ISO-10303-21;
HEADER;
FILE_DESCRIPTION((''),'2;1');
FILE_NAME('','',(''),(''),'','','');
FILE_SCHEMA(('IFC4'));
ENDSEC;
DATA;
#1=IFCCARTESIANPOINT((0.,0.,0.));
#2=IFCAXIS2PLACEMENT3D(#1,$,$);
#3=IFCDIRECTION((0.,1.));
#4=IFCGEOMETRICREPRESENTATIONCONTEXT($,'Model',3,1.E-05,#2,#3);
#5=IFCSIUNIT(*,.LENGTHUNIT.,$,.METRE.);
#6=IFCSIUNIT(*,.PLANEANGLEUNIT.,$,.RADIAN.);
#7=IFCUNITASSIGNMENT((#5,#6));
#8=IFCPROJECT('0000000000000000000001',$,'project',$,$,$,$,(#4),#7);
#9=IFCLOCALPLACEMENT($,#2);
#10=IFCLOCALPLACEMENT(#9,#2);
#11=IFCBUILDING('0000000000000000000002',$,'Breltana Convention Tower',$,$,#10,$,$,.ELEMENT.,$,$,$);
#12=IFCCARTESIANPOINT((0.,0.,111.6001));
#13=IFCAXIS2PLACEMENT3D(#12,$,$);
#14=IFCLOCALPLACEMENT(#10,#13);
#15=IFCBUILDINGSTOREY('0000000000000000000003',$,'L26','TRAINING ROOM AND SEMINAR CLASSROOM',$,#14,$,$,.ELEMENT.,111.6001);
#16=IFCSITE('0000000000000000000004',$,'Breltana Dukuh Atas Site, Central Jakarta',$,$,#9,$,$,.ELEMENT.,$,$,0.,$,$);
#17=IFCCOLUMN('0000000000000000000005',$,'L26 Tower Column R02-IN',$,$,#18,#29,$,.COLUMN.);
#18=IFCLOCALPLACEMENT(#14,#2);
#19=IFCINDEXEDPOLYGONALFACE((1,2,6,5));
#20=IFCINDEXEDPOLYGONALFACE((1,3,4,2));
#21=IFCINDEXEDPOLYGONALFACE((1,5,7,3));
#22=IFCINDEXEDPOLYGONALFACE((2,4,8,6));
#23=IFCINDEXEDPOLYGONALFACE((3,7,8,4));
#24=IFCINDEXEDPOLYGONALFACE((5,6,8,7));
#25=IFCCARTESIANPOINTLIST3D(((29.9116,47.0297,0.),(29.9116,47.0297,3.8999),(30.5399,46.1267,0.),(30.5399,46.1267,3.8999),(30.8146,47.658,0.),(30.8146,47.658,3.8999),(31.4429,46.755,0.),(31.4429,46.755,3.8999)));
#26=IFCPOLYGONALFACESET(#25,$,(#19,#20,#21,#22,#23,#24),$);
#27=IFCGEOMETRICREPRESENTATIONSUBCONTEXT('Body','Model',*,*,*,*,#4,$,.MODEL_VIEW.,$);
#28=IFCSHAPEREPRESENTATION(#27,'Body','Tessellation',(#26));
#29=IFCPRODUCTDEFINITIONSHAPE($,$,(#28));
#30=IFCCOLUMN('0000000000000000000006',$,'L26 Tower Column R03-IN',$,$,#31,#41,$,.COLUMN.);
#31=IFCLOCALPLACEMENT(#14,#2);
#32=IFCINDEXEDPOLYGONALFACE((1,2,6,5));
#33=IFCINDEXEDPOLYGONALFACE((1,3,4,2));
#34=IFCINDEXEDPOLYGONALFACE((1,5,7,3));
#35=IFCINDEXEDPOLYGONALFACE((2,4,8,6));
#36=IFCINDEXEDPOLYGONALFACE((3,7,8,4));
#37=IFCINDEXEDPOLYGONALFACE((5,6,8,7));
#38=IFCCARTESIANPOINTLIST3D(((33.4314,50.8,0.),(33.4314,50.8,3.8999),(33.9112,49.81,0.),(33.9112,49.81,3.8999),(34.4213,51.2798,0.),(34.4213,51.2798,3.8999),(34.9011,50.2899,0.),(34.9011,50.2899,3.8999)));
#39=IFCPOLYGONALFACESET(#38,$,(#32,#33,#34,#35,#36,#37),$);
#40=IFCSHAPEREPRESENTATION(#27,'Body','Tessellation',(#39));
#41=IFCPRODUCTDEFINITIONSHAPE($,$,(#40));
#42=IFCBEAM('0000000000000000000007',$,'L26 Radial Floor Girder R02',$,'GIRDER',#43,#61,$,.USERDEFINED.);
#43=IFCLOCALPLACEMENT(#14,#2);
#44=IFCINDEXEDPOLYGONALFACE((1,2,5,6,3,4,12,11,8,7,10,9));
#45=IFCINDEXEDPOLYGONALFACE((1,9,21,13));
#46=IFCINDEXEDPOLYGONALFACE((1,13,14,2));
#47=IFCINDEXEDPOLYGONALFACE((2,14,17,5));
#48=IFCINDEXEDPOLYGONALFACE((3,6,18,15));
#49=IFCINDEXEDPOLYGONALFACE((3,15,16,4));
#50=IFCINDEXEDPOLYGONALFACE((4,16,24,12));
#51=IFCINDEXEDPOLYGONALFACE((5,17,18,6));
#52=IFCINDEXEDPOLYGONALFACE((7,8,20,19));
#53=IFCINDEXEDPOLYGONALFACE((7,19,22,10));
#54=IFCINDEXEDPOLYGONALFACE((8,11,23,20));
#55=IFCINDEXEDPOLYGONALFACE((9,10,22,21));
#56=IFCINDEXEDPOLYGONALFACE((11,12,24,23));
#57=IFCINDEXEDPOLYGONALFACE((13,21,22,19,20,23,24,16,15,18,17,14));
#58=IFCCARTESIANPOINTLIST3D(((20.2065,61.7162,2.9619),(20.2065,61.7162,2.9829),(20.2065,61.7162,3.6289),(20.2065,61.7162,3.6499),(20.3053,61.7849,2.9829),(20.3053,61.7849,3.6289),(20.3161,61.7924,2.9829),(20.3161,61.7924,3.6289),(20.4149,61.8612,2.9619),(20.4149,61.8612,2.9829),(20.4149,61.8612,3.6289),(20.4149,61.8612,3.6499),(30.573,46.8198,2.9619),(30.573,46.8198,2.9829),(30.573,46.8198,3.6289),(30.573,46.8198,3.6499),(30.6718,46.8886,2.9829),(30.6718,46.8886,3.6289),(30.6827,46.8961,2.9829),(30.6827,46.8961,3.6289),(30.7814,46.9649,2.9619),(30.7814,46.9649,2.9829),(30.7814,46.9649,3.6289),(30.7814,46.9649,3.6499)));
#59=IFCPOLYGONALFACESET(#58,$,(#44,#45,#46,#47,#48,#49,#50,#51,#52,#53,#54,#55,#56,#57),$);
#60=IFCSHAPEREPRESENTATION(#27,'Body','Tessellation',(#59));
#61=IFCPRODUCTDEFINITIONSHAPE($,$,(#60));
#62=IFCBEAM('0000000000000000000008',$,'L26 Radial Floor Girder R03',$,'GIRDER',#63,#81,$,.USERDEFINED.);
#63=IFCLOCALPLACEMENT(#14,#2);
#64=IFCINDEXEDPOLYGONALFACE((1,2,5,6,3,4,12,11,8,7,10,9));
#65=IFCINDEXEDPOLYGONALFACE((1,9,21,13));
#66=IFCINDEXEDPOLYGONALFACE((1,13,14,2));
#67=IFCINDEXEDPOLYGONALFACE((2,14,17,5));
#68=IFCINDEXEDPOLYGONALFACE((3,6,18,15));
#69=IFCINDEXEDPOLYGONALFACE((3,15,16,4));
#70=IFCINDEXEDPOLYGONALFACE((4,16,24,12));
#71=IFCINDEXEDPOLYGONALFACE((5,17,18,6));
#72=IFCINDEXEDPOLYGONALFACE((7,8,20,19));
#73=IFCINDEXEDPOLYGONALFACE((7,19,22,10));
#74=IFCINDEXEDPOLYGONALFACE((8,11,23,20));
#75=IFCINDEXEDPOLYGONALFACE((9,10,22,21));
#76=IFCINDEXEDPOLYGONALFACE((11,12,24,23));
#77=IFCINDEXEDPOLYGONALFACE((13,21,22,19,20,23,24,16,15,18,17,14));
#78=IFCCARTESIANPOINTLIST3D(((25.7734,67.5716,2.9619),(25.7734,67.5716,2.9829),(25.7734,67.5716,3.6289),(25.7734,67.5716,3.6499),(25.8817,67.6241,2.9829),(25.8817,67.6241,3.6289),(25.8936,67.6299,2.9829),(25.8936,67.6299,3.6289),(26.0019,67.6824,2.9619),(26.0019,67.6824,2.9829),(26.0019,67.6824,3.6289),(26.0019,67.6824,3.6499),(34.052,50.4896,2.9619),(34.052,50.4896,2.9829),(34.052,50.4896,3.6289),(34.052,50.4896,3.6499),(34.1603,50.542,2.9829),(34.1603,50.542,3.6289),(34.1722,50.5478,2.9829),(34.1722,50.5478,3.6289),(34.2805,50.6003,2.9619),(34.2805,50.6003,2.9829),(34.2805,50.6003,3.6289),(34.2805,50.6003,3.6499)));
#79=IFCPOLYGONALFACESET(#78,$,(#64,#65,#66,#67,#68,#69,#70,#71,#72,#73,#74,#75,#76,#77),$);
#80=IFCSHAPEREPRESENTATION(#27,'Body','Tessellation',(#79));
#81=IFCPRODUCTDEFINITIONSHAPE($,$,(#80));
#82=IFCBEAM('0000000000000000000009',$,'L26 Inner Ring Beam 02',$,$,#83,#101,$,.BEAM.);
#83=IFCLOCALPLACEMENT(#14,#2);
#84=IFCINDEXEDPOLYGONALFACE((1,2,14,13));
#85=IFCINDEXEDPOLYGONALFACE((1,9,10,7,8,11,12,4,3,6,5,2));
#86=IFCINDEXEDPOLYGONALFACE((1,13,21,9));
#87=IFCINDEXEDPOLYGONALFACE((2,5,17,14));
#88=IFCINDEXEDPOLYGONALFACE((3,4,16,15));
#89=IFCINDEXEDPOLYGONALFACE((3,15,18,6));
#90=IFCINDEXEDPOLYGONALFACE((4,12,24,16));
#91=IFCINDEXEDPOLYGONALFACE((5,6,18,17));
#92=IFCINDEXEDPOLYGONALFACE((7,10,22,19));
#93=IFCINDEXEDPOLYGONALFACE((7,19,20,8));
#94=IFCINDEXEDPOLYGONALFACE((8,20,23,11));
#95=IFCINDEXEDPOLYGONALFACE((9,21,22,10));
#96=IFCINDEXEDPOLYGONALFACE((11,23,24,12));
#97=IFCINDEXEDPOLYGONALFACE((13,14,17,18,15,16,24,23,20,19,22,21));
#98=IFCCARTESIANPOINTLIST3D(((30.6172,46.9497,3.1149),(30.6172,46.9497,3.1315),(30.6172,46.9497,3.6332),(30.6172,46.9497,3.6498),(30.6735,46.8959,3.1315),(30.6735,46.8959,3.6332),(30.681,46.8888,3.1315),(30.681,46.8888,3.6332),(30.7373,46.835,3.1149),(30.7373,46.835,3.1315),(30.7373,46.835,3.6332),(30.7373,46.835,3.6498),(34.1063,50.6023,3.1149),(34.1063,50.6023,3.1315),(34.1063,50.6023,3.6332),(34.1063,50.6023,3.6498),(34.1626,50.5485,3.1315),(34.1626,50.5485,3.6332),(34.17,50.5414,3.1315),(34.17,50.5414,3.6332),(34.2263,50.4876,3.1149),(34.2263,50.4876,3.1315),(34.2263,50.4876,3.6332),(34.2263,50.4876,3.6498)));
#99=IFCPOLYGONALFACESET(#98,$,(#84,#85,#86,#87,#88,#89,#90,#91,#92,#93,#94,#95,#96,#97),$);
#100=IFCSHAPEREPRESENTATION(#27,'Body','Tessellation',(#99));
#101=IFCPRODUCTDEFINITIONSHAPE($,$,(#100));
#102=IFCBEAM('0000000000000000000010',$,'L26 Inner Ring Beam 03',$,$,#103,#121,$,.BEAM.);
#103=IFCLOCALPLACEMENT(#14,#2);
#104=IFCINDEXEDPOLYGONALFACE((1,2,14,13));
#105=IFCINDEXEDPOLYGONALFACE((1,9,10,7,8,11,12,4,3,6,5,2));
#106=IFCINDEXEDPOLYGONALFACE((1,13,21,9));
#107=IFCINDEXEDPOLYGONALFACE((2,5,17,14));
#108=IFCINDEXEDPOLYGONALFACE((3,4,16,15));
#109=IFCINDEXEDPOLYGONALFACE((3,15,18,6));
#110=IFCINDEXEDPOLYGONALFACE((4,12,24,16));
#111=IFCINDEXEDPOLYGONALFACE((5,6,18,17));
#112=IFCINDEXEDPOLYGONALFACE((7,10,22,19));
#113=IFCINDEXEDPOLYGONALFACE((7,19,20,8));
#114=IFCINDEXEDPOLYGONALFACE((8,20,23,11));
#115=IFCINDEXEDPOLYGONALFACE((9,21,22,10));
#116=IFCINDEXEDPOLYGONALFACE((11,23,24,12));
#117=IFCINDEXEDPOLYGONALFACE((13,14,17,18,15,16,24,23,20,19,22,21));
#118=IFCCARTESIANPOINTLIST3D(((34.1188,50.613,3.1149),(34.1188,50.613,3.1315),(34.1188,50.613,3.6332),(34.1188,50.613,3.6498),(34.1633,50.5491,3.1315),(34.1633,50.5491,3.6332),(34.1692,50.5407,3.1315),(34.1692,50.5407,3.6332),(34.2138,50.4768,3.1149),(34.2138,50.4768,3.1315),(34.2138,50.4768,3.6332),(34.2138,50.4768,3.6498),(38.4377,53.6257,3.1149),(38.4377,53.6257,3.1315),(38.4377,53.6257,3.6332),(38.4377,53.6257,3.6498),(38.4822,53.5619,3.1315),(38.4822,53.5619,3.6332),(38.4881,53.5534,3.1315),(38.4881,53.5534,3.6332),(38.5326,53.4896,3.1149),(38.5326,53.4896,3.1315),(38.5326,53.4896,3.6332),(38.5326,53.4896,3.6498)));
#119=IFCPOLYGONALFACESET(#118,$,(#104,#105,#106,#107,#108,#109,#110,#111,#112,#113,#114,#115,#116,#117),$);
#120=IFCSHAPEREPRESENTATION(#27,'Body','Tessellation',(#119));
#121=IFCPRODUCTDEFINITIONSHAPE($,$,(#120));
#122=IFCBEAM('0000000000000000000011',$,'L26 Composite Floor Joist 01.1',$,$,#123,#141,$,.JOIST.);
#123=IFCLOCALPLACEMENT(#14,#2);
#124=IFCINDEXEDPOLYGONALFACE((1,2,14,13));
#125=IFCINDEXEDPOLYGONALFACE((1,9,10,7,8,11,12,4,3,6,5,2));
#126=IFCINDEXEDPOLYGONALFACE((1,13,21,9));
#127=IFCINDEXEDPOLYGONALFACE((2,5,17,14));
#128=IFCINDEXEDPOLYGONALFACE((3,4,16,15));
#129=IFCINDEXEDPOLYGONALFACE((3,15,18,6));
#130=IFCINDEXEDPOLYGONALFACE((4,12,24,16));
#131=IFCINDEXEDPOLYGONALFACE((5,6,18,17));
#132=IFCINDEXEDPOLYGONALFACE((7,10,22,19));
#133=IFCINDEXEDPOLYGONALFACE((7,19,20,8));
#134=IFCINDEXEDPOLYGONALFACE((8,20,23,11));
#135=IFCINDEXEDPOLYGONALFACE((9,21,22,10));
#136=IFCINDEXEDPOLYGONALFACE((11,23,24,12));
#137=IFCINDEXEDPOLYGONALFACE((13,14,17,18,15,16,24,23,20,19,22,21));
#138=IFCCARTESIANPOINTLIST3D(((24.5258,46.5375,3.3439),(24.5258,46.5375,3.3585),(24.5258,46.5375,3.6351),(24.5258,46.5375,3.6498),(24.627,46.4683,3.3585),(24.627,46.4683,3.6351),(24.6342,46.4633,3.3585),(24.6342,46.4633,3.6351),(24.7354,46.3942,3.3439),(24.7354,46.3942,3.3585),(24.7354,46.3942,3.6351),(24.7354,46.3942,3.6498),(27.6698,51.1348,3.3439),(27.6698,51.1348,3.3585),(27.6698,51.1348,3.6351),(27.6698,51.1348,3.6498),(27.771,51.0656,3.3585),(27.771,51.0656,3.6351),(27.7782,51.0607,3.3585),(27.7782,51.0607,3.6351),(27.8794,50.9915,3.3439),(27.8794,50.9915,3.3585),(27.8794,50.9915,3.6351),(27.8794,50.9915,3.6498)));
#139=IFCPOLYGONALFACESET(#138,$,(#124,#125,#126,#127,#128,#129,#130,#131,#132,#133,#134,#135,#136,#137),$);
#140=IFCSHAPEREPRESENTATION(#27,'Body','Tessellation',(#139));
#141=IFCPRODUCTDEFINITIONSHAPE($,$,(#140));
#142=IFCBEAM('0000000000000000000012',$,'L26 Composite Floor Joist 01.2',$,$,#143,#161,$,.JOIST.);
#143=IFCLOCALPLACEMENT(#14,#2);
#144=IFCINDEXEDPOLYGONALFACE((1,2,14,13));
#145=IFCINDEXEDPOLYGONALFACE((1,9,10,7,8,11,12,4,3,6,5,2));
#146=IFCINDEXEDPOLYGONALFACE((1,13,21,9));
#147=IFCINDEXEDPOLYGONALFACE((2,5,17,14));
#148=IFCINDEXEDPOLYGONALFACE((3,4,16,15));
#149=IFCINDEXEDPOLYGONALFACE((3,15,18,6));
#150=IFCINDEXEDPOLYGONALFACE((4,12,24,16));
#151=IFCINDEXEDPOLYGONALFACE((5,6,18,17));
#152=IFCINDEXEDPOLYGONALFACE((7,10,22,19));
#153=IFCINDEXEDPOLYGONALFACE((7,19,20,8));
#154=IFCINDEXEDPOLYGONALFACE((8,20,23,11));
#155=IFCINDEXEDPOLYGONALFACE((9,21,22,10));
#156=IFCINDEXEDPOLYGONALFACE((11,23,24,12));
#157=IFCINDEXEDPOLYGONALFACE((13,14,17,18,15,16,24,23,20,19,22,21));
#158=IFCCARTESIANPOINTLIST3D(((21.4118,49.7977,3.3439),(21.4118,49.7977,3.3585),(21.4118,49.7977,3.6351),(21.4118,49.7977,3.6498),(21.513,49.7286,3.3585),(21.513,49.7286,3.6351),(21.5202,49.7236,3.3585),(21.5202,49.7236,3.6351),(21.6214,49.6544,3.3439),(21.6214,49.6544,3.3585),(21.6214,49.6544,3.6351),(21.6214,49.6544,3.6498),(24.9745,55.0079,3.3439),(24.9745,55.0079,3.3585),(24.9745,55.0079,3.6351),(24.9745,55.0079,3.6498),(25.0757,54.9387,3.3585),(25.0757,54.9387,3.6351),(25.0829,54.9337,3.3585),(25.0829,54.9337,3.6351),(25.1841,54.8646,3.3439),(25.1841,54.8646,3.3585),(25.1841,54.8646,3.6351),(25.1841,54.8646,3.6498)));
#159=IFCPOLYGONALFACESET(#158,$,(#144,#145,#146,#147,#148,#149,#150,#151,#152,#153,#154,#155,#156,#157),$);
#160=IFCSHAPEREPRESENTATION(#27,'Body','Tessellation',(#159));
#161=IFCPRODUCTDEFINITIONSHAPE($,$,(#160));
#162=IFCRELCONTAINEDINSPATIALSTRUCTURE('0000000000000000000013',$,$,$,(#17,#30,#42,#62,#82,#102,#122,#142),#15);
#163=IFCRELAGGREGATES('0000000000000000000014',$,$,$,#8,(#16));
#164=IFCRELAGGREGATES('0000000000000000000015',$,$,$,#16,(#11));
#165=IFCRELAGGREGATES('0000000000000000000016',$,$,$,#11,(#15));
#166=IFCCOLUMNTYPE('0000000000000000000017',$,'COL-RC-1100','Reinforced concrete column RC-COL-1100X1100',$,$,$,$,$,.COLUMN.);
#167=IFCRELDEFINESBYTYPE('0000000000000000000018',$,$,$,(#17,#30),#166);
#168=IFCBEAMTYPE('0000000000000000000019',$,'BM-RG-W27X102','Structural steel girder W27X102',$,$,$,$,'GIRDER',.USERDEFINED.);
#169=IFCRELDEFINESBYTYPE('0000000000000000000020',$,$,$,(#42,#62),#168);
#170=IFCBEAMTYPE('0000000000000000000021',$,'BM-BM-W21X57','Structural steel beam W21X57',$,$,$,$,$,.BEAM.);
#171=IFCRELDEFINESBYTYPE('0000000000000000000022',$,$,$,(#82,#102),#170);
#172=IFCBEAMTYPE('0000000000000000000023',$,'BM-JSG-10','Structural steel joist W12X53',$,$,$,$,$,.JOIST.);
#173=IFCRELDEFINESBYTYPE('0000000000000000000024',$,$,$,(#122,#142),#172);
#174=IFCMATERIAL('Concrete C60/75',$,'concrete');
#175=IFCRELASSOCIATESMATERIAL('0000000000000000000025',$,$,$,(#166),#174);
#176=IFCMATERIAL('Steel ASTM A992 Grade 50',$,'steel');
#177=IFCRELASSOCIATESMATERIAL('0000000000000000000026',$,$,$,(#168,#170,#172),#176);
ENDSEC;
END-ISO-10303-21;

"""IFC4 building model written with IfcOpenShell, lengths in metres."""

from ifc_helpers import new_model, si_unit, direction, frame, origin, origin_2d, place, context, subcontext, project, spatial, rectangle, i_section, extrude, source, transform, mapped, material, material_profile, profile_set, type_object, element, save


model = new_model("IFC4")

# Units and contexts
model_context = context("Model", 3, precision=1e-05, world=origin(), true_north=direction((0.0, 1.0)))
body_context = subcontext(model_context, "Body", "Model", "MODEL_VIEW")
ifc_project = project(units=[si_unit("LENGTHUNIT", "METRE"), si_unit("PLANEANGLEUNIT", "RADIAN")], contexts=[model_context])

# Site, building, storey
site_placement = place(None, origin())
site = spatial("IfcSite", under=ifc_project, at=site_placement, Name="Breltana Dukuh Atas Site, Central Jakarta", CompositionType="ELEMENT", RefElevation=0.0)
building_placement = place(site_placement, origin())
building = spatial("IfcBuilding", under=site, at=building_placement, Name="Breltana Convention Tower", CompositionType="ELEMENT")
storey_placement = place(building_placement, frame((0.0, 0.0, 111.6001)))
storey = spatial("IfcBuildingStorey", under=building, at=storey_placement, Name="L26", Description="TRAINING ROOM AND SEMINAR CLASSROOM", CompositionType="ELEMENT", Elevation=111.6001)

# Columns
ifc_material_1 = material(Name="Concrete C60/75", Category="concrete")
ifc_material_profile_1 = material_profile(ifc_material_1, rectangle(XDim=1.1001, YDim=1.1001, at=origin_2d()), Name="RC-COL-1100X1100")
ifc_profile_set_1 = profile_set([ifc_material_profile_1], Name="Concrete C60/75")
column_type = type_object("IfcColumnType", Name="COL-RC-1100", Description="Reinforced concrete column RC-COL-1100X1100", PredefinedType="COLUMN", material=ifc_profile_set_1)
shared_shape_1 = source(origin(), body_context, "Body", "SweptSolid", [
    extrude(rectangle(XDim=1.1001, YDim=1.1001, at=origin_2d()), origin(), (0.0, 0.0, 1.0), 3.8999),
])
for number, where, z_axis, x_axis, name in (
    (1, (30.6772, 46.8923, 0.0), (0.0, 0.0, 1.0), (-0.571143, 0.82085, 0.0), "L26 Tower Column R02-IN"),
    (2, (34.1663, 50.5449, 0.0), (0.0, 0.0, 1.0), (-0.436174, 0.899863, 0.0), "L26 Tower Column R03-IN"),
):
    element("IfcColumn", number, at=place(storey_placement, frame(where, z_axis=z_axis, x_axis=x_axis)), inside=storey, type_object=column_type, Name=name, PredefinedType="COLUMN", context=body_context, shape_type="MappedRepresentation", body=[
        mapped(shared_shape_1, transform((0.0, 0.0, 0.0), scale=1.0)),
    ])

# Beams
ifc_material_2 = material(Name="Steel ASTM A992 Grade 50", Category="steel")
ifc_material_profile_2 = material_profile(ifc_material_2, i_section(OverallWidth=0.2539, OverallDepth=0.688, WebThickness=0.0132, FlangeThickness=0.021, at=origin_2d()), Name="W27X102")
ifc_profile_set_2 = profile_set([ifc_material_profile_2], Name="Steel ASTM A992 Grade 50")
beam_type_1 = type_object("IfcBeamType", Name="BM-RG-W27X102", Description="Structural steel girder W27X102", ElementType="GIRDER", PredefinedType="USERDEFINED", material=ifc_profile_set_2)
shared_shape_2 = source(origin(), body_context, "Body", "SweptSolid", [
    extrude(i_section(OverallWidth=0.2539, OverallDepth=0.688, WebThickness=0.0132, FlangeThickness=0.021, at=origin_2d()), origin(), (0.0, 0.0, 1.0), 18.1484),
])
beam_1_placement = place(storey_placement, frame((30.6772, 46.8923, 3.3059), z_axis=(-0.571208, 0.820806, 0.0), x_axis=(-0.820806, -0.571208, 0.0)))
element("IfcBeam", 3, at=beam_1_placement, inside=storey, type_object=beam_type_1, Name="L26 Radial Floor Girder R02", ObjectType="GIRDER", PredefinedType="USERDEFINED", context=body_context, shape_type="MappedRepresentation", body=[
    mapped(shared_shape_2, transform((0.0, 0.0, 0.0), scale=1.0)),
])
shared_shape_3 = source(origin(), body_context, "Body", "SweptSolid", [
    extrude(i_section(OverallWidth=0.2539, OverallDepth=0.688, WebThickness=0.0132, FlangeThickness=0.021, at=origin_2d()), origin(), (0.0, 0.0, 1.0), 18.9824),
])
beam_2_placement = place(storey_placement, frame((34.1663, 50.5449, 3.3059), z_axis=(-0.436119, 0.899889, 0.0), x_axis=(-0.899889, -0.436119, 0.0)))
element("IfcBeam", 4, at=beam_2_placement, inside=storey, type_object=beam_type_1, Name="L26 Radial Floor Girder R03", ObjectType="GIRDER", PredefinedType="USERDEFINED", context=body_context, shape_type="MappedRepresentation", body=[
    mapped(shared_shape_3, transform((0.0, 0.0, 0.0), scale=1.0)),
])
ifc_material_profile_3 = material_profile(ifc_material_2, i_section(OverallWidth=0.166, OverallDepth=0.5349, WebThickness=0.0103, FlangeThickness=0.0166, at=origin_2d()), Name="W21X57")
ifc_profile_set_3 = profile_set([ifc_material_profile_3], Name="Steel ASTM A992 Grade 50")
beam_type_2 = type_object("IfcBeamType", Name="BM-BM-W21X57", Description="Structural steel beam W21X57", PredefinedType="BEAM", material=ifc_profile_set_3)
shared_shape_4 = source(origin(), body_context, "Body", "SweptSolid", [
    extrude(i_section(OverallWidth=0.166, OverallDepth=0.5349, WebThickness=0.0103, FlangeThickness=0.0166, at=origin_2d()), origin(), (0.0, 0.0, 1.0), 5.0513),
])
beam_3_placement = place(storey_placement, frame((30.6772, 46.8923, 3.3823), z_axis=(0.69073, 0.723113, 0.0), x_axis=(-0.723113, 0.69073, 0.0)))
element("IfcBeam", 5, at=beam_3_placement, inside=storey, type_object=beam_type_2, Name="L26 Inner Ring Beam 02", PredefinedType="BEAM", context=body_context, shape_type="MappedRepresentation", body=[
    mapped(shared_shape_4, transform((0.0, 0.0, 0.0), scale=1.0)),
])
shared_shape_5 = source(origin(), body_context, "Body", "SweptSolid", [
    extrude(i_section(OverallWidth=0.166, OverallDepth=0.5349, WebThickness=0.0103, FlangeThickness=0.0166, at=origin_2d()), origin(), (0.0, 0.0, 1.0), 5.2659),
])
beam_4_placement = place(storey_placement, frame((34.1663, 50.5449, 3.3823), z_axis=(0.820167, 0.572124, 0.0), x_axis=(-0.572124, 0.820167, 0.0)))
element("IfcBeam", 6, at=beam_4_placement, inside=storey, type_object=beam_type_2, Name="L26 Inner Ring Beam 03", PredefinedType="BEAM", context=body_context, shape_type="MappedRepresentation", body=[
    mapped(shared_shape_5, transform((0.0, 0.0, 0.0), scale=1.0)),
])
ifc_material_profile_4 = material_profile(ifc_material_2, i_section(OverallWidth=0.2539, OverallDepth=0.3059, WebThickness=0.0088, FlangeThickness=0.0146, at=origin_2d()), Name="W12X53")
ifc_profile_set_4 = profile_set([ifc_material_profile_4], Name="Steel ASTM A992 Grade 50")
beam_type_3 = type_object("IfcBeamType", Name="BM-JSG-10", Description="Structural steel joist W12X53", PredefinedType="JOIST", material=ifc_profile_set_4)
shared_shape_6 = source(origin(), body_context, "Body", "SweptSolid", [
    extrude(i_section(OverallWidth=0.2539, OverallDepth=0.3059, WebThickness=0.0088, FlangeThickness=0.0146, at=origin_2d()), origin(), (0.0, 0.0, 1.0), 5.5696),
])
beam_5_placement = place(storey_placement, frame((24.6306, 46.4658, 3.4968), z_axis=(0.564494, 0.825437, 0.0), x_axis=(-0.825437, 0.564494, 0.0)))
element("IfcBeam", 7, at=beam_5_placement, inside=storey, type_object=beam_type_3, Name="L26 Composite Floor Joist 01.1", PredefinedType="JOIST", context=body_context, shape_type="MappedRepresentation", body=[
    mapped(shared_shape_6, transform((0.0, 0.0, 0.0), scale=1.0)),
])
shared_shape_7 = source(origin(), body_context, "Body", "SweptSolid", [
    extrude(i_section(OverallWidth=0.2539, OverallDepth=0.3059, WebThickness=0.0088, FlangeThickness=0.0146, at=origin_2d()), origin(), (0.0, 0.0, 1.0), 6.3118),
])
beam_6_placement = place(storey_placement, frame((21.5166, 49.7261, 3.4968), z_axis=(0.564454, 0.825465, 0.0), x_axis=(-0.825465, 0.564454, 0.0)))
element("IfcBeam", 8, at=beam_6_placement, inside=storey, type_object=beam_type_3, Name="L26 Composite Floor Joist 01.2", PredefinedType="JOIST", context=body_context, shape_type="MappedRepresentation", body=[
    mapped(shared_shape_7, transform((0.0, 0.0, 0.0), scale=1.0)),
])

save(model, "model.ifc")
